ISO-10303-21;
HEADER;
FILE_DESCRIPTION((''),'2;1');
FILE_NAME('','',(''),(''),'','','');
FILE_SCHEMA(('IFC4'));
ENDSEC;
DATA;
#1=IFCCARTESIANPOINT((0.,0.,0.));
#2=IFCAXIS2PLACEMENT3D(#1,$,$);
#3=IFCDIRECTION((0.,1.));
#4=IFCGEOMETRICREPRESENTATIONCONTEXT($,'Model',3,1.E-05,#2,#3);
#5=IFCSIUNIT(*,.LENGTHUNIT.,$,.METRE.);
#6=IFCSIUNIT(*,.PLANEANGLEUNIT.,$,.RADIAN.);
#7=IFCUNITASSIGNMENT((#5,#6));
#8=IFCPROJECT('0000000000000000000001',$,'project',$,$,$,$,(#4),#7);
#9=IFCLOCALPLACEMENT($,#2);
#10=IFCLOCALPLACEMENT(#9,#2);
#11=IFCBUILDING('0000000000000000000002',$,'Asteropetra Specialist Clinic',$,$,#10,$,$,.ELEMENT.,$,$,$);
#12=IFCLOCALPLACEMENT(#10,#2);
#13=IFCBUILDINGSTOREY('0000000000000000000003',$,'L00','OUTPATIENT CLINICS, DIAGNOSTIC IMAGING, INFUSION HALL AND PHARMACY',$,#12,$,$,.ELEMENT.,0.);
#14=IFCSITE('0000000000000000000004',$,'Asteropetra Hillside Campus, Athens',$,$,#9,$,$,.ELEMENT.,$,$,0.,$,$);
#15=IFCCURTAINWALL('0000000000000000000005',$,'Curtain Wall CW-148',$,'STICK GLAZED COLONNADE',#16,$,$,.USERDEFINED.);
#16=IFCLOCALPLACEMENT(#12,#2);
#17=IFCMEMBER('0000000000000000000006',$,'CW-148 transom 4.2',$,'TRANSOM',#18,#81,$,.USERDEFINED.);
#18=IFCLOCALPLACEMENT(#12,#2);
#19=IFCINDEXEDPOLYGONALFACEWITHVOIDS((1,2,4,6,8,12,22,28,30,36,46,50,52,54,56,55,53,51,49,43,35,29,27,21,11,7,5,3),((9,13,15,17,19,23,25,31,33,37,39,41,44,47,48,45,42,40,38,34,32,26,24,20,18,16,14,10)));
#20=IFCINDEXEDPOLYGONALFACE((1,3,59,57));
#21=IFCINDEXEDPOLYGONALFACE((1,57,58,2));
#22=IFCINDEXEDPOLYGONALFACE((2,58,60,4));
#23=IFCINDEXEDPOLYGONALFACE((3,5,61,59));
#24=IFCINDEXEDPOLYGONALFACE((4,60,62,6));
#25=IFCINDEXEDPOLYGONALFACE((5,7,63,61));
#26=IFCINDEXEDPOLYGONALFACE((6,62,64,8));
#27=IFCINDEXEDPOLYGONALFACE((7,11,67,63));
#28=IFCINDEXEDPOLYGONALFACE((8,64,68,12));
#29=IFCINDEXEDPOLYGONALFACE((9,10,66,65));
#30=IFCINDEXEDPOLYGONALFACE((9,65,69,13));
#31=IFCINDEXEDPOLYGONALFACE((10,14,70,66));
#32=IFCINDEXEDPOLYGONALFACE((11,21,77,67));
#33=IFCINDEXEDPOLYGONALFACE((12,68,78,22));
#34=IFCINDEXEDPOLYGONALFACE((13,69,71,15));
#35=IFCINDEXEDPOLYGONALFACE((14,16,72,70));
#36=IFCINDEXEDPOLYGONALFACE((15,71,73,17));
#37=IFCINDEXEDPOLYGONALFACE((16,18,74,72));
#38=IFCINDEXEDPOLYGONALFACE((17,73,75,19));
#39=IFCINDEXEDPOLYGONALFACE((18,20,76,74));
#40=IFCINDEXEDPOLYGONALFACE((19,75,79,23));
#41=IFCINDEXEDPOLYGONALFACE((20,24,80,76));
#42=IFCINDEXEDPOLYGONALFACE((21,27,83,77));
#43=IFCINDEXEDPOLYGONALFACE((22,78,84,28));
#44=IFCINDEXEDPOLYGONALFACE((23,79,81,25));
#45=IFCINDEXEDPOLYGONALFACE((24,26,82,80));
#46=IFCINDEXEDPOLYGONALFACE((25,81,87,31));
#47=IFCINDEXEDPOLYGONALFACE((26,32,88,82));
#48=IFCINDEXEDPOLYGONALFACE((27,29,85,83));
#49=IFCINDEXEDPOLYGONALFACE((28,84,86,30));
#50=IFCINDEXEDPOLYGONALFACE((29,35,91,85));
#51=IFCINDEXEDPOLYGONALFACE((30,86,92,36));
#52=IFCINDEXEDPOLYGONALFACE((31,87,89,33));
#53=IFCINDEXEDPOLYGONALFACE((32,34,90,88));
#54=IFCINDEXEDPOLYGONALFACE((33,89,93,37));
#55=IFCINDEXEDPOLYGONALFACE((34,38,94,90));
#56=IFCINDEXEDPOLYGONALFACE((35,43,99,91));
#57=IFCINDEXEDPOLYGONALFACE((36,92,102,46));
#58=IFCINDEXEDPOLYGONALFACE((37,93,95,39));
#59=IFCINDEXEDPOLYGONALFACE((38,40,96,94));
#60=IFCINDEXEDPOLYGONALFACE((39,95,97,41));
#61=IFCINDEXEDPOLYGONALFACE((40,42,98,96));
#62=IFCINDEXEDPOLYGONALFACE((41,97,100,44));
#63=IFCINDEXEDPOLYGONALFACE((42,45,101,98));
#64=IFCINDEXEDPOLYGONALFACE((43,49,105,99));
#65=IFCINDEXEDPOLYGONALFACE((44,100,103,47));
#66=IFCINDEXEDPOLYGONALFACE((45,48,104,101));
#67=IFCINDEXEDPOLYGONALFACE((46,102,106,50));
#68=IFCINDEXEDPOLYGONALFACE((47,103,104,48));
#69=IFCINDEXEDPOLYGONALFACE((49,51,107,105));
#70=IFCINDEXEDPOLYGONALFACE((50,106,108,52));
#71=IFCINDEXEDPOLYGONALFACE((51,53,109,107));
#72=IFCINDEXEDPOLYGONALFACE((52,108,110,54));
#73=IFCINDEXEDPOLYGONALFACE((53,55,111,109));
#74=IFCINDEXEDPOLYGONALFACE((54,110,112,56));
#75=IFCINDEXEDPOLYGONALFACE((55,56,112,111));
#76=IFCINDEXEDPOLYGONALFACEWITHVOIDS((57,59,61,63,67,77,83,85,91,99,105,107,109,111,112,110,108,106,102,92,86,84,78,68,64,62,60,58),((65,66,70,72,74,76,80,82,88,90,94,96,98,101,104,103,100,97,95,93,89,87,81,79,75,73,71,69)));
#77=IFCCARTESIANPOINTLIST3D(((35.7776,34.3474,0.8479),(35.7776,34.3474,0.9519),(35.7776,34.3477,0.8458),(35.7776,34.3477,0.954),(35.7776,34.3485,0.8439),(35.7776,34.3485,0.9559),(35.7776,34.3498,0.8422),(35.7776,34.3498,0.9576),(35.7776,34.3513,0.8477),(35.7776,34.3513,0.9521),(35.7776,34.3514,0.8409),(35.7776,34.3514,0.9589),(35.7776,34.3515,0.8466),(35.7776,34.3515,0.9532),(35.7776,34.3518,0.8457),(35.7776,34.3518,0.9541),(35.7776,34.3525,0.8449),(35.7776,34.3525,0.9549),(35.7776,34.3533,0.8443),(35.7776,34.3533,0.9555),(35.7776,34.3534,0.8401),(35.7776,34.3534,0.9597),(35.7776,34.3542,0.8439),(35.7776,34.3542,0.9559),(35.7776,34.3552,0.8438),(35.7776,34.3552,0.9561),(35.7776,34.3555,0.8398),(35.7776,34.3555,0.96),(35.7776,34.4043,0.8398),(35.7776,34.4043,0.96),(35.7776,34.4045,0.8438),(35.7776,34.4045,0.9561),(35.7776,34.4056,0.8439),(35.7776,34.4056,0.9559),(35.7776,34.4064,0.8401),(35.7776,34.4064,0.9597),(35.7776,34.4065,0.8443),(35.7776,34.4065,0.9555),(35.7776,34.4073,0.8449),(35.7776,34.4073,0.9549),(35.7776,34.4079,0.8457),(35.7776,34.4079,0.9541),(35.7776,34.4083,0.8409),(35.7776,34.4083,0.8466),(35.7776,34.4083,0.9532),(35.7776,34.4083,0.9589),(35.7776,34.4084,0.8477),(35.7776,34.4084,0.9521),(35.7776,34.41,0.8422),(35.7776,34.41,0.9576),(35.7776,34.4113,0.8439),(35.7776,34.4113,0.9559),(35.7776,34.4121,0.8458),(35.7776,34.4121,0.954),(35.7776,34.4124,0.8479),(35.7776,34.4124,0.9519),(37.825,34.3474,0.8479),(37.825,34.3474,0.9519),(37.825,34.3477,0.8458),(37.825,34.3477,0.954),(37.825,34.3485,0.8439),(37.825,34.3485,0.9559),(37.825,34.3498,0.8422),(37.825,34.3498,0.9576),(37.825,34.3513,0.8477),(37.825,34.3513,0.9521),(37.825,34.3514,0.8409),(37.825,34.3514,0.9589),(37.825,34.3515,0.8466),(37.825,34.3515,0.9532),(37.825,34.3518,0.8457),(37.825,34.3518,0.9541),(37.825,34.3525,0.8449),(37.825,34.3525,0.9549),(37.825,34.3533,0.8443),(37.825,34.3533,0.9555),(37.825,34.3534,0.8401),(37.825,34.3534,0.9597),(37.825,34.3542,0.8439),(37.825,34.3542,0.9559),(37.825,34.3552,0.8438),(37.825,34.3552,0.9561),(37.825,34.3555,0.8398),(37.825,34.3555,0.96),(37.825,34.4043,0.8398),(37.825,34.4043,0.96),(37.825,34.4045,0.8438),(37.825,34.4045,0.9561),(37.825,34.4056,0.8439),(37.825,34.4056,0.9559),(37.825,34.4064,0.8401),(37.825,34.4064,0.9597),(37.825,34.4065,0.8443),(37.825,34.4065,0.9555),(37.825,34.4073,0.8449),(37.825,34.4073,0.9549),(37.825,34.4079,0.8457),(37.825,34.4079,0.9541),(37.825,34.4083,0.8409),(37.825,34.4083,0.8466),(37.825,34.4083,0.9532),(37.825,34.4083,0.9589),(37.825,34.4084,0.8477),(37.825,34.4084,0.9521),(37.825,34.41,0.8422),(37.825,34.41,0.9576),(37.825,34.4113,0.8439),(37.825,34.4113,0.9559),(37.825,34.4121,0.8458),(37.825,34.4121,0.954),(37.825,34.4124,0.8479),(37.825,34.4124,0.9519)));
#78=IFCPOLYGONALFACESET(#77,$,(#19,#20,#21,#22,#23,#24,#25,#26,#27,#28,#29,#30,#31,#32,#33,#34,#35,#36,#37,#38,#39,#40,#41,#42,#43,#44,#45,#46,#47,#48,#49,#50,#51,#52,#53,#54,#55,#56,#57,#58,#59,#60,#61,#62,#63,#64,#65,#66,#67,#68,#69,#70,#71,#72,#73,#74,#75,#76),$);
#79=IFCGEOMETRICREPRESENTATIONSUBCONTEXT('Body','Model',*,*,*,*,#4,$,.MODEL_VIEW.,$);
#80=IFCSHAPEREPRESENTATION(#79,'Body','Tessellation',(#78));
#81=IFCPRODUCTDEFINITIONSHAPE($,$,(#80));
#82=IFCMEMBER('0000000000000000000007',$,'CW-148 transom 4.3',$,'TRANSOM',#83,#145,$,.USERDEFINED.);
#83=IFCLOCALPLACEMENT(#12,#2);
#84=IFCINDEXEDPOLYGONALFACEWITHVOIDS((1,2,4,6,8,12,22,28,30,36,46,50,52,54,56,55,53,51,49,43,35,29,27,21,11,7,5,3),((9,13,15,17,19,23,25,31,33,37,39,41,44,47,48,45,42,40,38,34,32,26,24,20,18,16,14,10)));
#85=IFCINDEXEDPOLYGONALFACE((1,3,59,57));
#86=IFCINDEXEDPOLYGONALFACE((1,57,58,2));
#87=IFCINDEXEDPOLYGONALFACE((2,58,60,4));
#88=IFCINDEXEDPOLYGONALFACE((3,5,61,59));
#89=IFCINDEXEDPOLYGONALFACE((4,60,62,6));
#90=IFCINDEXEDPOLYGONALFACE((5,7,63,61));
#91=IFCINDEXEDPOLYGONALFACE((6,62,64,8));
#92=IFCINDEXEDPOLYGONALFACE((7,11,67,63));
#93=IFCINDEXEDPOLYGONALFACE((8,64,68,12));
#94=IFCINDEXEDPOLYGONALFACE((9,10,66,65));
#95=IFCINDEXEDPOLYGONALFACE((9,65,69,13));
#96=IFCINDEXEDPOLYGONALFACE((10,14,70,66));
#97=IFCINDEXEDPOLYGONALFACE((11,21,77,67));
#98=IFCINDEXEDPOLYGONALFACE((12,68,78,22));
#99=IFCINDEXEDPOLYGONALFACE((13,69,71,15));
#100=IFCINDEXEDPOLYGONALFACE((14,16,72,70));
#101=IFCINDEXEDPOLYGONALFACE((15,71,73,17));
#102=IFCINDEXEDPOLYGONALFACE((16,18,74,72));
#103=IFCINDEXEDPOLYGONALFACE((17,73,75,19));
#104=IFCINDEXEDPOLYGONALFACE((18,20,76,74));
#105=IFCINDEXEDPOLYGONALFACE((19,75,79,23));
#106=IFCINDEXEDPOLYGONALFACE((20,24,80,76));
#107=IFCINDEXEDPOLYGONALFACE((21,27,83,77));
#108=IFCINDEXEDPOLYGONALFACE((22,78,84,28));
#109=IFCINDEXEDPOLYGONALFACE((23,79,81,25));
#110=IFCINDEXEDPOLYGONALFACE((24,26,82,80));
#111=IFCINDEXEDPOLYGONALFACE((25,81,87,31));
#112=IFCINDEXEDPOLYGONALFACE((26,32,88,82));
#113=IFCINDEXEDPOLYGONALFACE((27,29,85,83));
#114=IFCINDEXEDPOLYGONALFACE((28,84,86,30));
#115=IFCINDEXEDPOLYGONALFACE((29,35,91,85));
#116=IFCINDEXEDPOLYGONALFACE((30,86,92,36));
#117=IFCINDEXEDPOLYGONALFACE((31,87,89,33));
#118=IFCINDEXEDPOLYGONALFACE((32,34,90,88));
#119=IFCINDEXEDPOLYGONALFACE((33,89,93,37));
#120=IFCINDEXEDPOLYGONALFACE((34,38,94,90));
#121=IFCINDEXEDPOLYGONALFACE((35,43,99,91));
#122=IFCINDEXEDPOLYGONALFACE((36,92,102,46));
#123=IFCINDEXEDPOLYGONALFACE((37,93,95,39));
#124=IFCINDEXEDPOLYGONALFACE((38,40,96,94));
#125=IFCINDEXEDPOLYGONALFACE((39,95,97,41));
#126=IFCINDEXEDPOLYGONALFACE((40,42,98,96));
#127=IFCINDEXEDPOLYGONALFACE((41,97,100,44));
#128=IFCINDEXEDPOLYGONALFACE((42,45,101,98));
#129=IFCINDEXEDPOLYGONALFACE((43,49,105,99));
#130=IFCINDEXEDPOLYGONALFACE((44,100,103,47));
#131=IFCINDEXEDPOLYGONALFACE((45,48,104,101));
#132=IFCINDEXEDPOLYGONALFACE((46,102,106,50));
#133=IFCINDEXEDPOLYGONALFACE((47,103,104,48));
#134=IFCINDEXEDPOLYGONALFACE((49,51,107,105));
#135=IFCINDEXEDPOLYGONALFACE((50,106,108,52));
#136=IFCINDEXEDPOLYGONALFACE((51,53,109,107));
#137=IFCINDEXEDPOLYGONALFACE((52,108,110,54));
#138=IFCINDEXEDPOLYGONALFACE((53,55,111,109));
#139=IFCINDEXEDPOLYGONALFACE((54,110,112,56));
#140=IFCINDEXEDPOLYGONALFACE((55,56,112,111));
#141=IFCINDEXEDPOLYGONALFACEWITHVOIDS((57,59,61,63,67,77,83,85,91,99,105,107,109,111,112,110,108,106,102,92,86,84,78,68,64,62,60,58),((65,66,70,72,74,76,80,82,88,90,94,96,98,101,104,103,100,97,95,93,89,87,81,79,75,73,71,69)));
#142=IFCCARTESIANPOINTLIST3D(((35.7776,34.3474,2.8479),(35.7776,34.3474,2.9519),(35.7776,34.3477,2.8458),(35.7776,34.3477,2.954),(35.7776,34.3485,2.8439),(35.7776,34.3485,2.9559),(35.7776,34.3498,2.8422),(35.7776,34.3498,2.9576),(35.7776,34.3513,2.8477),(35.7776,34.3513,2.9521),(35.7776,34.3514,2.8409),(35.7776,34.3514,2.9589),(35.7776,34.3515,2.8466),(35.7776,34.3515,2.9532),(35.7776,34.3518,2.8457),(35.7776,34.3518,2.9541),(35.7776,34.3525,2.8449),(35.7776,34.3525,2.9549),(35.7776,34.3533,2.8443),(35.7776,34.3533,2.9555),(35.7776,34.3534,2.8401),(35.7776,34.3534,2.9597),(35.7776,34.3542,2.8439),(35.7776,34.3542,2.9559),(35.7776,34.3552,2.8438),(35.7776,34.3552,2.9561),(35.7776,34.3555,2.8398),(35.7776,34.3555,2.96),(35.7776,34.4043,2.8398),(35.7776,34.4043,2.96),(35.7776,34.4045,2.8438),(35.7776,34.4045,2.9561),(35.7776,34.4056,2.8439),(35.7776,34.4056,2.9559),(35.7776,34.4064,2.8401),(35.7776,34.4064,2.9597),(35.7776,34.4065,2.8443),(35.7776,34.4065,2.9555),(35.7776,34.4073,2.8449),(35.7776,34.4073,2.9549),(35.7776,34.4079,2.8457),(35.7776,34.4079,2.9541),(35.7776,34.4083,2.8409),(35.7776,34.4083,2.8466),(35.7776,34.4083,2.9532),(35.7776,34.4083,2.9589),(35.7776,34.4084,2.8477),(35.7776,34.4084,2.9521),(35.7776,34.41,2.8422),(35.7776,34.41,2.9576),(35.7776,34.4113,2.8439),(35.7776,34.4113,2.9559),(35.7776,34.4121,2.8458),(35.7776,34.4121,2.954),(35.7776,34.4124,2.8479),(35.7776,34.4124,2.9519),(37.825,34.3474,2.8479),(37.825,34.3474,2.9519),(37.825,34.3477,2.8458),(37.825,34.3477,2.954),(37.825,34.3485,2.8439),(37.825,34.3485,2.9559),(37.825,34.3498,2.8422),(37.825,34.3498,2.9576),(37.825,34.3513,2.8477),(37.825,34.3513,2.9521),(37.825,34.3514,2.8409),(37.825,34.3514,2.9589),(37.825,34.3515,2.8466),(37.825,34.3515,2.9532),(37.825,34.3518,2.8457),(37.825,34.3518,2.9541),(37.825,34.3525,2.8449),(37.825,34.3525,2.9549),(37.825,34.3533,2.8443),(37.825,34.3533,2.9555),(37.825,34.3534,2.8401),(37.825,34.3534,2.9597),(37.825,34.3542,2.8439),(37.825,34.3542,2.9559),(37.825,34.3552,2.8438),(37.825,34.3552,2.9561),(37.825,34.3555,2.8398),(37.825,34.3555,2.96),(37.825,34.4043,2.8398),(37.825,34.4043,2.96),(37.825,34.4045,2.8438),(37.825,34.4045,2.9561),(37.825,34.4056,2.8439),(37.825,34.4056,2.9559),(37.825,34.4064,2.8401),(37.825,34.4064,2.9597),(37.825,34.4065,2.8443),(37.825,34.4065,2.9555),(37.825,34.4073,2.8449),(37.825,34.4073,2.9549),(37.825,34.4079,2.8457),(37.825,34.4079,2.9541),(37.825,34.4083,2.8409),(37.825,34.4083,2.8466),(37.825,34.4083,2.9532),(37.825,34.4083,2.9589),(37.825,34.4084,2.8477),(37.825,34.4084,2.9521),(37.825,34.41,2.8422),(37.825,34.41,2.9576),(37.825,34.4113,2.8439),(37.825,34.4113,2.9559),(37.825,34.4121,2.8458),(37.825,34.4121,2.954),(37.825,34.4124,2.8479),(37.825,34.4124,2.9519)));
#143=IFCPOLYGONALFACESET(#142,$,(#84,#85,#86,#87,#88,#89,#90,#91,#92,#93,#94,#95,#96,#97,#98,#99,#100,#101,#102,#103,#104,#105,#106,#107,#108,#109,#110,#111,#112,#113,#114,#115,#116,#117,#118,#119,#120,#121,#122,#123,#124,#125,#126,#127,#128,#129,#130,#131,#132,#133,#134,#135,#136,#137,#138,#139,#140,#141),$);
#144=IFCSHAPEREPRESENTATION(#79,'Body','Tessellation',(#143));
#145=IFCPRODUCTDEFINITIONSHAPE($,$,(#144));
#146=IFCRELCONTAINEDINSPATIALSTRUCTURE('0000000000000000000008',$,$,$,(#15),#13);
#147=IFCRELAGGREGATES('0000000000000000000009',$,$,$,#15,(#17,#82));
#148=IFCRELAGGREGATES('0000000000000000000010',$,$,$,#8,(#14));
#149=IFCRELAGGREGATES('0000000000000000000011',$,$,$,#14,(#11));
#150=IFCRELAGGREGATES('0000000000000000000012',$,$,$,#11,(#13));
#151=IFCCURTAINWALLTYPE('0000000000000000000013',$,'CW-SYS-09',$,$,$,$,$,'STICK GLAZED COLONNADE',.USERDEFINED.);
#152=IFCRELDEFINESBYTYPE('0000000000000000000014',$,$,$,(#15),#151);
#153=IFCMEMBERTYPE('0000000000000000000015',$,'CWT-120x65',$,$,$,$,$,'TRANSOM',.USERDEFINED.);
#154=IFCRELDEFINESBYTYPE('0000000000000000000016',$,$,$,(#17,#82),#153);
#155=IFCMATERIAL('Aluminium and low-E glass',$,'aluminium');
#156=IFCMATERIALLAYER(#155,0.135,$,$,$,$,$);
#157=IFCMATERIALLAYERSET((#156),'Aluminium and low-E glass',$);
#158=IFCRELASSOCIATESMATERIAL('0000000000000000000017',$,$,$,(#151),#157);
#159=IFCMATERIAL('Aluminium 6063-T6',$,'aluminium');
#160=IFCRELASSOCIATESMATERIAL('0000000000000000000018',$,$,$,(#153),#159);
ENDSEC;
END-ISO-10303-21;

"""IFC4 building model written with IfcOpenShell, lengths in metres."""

from ifc_helpers import new_model, si_unit, direction, frame, origin, origin_2d, place, context, subcontext, project, spatial, hollow_rectangle, extrude, material, layer, layer_set, material_profile, profile_set, type_object, element, aggregate, save


model = new_model("IFC4")

# Units and contexts
model_context = context("Model", 3, precision=1e-05, world=origin(), true_north=direction((0.0, 1.0)))
body_context = subcontext(model_context, "Body", "Model", "MODEL_VIEW")
ifc_project = project(units=[si_unit("LENGTHUNIT", "METRE"), si_unit("PLANEANGLEUNIT", "RADIAN")], contexts=[model_context])

# Site, building, storey
site_placement = place(None, origin())
site = spatial("IfcSite", under=ifc_project, at=site_placement, Name="Asteropetra Hillside Campus, Athens", CompositionType="ELEMENT", RefElevation=0.0)
building_placement = place(site_placement, origin())
building = spatial("IfcBuilding", under=site, at=building_placement, Name="Asteropetra Specialist Clinic", CompositionType="ELEMENT")
storey_placement = place(building_placement, origin())
storey = spatial("IfcBuildingStorey", under=building, at=storey_placement, Name="L00", Description="OUTPATIENT CLINICS, DIAGNOSTIC IMAGING, INFUSION HALL AND PHARMACY", CompositionType="ELEMENT", Elevation=0.0)

# Curtain wall, members
ifc_material_1 = material(Name="Aluminium and low-E glass", Category="aluminium")
ifc_layer_1 = layer(ifc_material_1, 0.135)
ifc_layer_set_1 = layer_set([ifc_layer_1], Name="Aluminium and low-E glass")
curtain_wall_type = type_object("IfcCurtainWallType", Name="CW-SYS-09", ElementType="STICK GLAZED COLONNADE", PredefinedType="USERDEFINED", material=ifc_layer_set_1)
curtain_wall_placement = place(storey_placement, origin())
curtain_wall = element("IfcCurtainWall", 1, at=curtain_wall_placement, inside=storey, type_object=curtain_wall_type, Name="Curtain Wall CW-148", ObjectType="STICK GLAZED COLONNADE", PredefinedType="USERDEFINED")
ifc_material_2 = material(Name="Aluminium 6063-T6", Category="aluminium")
ifc_material_profile_1 = material_profile(ifc_material_2, hollow_rectangle(XDim=0.0649, YDim=0.1201, WallThickness=0.0039, InnerFilletRadius=0.0039, OuterFilletRadius=0.0081, at=origin_2d()), Name="TRN 120x65x4.0")
ifc_profile_set_1 = profile_set([ifc_material_profile_1], Name="Aluminium 6063-T6")
member_type_1 = type_object("IfcMemberType", Name="CWT-120x65", ElementType="TRANSOM", PredefinedType="USERDEFINED", material=ifc_profile_set_1)
member_1_placement = place(storey_placement, frame((35.7776, 34.3799, 0.8999), z_axis=(1.0, 0.0, 0.0), x_axis=(0.0, 1.0, 0.0)))
member_1 = element("IfcMember", 2, at=member_1_placement, type_object=member_type_1, Name="CW-148 transom 4.2", ObjectType="TRANSOM", PredefinedType="USERDEFINED", context=body_context, shape_type="SweptSolid", body=[
    extrude(hollow_rectangle(XDim=0.0649, YDim=0.1201, WallThickness=0.0039, InnerFilletRadius=0.0039, OuterFilletRadius=0.0081, at=origin_2d()), origin(), (0.0, 0.0, 1.0), 2.0474),
])
member_2_placement = place(storey_placement, frame((35.7776, 34.3799, 2.8999), z_axis=(1.0, 0.0, 0.0), x_axis=(0.0, 1.0, 0.0)))
member_2 = element("IfcMember", 3, at=member_2_placement, type_object=member_type_1, Name="CW-148 transom 4.3", ObjectType="TRANSOM", PredefinedType="USERDEFINED", context=body_context, shape_type="SweptSolid", body=[
    extrude(hollow_rectangle(XDim=0.0649, YDim=0.1201, WallThickness=0.0039, InnerFilletRadius=0.0039, OuterFilletRadius=0.0081, at=origin_2d()), origin(), (0.0, 0.0, 1.0), 2.0474),
])

aggregate(curtain_wall, [member_1, member_2])

save(model, "model.ifc")
